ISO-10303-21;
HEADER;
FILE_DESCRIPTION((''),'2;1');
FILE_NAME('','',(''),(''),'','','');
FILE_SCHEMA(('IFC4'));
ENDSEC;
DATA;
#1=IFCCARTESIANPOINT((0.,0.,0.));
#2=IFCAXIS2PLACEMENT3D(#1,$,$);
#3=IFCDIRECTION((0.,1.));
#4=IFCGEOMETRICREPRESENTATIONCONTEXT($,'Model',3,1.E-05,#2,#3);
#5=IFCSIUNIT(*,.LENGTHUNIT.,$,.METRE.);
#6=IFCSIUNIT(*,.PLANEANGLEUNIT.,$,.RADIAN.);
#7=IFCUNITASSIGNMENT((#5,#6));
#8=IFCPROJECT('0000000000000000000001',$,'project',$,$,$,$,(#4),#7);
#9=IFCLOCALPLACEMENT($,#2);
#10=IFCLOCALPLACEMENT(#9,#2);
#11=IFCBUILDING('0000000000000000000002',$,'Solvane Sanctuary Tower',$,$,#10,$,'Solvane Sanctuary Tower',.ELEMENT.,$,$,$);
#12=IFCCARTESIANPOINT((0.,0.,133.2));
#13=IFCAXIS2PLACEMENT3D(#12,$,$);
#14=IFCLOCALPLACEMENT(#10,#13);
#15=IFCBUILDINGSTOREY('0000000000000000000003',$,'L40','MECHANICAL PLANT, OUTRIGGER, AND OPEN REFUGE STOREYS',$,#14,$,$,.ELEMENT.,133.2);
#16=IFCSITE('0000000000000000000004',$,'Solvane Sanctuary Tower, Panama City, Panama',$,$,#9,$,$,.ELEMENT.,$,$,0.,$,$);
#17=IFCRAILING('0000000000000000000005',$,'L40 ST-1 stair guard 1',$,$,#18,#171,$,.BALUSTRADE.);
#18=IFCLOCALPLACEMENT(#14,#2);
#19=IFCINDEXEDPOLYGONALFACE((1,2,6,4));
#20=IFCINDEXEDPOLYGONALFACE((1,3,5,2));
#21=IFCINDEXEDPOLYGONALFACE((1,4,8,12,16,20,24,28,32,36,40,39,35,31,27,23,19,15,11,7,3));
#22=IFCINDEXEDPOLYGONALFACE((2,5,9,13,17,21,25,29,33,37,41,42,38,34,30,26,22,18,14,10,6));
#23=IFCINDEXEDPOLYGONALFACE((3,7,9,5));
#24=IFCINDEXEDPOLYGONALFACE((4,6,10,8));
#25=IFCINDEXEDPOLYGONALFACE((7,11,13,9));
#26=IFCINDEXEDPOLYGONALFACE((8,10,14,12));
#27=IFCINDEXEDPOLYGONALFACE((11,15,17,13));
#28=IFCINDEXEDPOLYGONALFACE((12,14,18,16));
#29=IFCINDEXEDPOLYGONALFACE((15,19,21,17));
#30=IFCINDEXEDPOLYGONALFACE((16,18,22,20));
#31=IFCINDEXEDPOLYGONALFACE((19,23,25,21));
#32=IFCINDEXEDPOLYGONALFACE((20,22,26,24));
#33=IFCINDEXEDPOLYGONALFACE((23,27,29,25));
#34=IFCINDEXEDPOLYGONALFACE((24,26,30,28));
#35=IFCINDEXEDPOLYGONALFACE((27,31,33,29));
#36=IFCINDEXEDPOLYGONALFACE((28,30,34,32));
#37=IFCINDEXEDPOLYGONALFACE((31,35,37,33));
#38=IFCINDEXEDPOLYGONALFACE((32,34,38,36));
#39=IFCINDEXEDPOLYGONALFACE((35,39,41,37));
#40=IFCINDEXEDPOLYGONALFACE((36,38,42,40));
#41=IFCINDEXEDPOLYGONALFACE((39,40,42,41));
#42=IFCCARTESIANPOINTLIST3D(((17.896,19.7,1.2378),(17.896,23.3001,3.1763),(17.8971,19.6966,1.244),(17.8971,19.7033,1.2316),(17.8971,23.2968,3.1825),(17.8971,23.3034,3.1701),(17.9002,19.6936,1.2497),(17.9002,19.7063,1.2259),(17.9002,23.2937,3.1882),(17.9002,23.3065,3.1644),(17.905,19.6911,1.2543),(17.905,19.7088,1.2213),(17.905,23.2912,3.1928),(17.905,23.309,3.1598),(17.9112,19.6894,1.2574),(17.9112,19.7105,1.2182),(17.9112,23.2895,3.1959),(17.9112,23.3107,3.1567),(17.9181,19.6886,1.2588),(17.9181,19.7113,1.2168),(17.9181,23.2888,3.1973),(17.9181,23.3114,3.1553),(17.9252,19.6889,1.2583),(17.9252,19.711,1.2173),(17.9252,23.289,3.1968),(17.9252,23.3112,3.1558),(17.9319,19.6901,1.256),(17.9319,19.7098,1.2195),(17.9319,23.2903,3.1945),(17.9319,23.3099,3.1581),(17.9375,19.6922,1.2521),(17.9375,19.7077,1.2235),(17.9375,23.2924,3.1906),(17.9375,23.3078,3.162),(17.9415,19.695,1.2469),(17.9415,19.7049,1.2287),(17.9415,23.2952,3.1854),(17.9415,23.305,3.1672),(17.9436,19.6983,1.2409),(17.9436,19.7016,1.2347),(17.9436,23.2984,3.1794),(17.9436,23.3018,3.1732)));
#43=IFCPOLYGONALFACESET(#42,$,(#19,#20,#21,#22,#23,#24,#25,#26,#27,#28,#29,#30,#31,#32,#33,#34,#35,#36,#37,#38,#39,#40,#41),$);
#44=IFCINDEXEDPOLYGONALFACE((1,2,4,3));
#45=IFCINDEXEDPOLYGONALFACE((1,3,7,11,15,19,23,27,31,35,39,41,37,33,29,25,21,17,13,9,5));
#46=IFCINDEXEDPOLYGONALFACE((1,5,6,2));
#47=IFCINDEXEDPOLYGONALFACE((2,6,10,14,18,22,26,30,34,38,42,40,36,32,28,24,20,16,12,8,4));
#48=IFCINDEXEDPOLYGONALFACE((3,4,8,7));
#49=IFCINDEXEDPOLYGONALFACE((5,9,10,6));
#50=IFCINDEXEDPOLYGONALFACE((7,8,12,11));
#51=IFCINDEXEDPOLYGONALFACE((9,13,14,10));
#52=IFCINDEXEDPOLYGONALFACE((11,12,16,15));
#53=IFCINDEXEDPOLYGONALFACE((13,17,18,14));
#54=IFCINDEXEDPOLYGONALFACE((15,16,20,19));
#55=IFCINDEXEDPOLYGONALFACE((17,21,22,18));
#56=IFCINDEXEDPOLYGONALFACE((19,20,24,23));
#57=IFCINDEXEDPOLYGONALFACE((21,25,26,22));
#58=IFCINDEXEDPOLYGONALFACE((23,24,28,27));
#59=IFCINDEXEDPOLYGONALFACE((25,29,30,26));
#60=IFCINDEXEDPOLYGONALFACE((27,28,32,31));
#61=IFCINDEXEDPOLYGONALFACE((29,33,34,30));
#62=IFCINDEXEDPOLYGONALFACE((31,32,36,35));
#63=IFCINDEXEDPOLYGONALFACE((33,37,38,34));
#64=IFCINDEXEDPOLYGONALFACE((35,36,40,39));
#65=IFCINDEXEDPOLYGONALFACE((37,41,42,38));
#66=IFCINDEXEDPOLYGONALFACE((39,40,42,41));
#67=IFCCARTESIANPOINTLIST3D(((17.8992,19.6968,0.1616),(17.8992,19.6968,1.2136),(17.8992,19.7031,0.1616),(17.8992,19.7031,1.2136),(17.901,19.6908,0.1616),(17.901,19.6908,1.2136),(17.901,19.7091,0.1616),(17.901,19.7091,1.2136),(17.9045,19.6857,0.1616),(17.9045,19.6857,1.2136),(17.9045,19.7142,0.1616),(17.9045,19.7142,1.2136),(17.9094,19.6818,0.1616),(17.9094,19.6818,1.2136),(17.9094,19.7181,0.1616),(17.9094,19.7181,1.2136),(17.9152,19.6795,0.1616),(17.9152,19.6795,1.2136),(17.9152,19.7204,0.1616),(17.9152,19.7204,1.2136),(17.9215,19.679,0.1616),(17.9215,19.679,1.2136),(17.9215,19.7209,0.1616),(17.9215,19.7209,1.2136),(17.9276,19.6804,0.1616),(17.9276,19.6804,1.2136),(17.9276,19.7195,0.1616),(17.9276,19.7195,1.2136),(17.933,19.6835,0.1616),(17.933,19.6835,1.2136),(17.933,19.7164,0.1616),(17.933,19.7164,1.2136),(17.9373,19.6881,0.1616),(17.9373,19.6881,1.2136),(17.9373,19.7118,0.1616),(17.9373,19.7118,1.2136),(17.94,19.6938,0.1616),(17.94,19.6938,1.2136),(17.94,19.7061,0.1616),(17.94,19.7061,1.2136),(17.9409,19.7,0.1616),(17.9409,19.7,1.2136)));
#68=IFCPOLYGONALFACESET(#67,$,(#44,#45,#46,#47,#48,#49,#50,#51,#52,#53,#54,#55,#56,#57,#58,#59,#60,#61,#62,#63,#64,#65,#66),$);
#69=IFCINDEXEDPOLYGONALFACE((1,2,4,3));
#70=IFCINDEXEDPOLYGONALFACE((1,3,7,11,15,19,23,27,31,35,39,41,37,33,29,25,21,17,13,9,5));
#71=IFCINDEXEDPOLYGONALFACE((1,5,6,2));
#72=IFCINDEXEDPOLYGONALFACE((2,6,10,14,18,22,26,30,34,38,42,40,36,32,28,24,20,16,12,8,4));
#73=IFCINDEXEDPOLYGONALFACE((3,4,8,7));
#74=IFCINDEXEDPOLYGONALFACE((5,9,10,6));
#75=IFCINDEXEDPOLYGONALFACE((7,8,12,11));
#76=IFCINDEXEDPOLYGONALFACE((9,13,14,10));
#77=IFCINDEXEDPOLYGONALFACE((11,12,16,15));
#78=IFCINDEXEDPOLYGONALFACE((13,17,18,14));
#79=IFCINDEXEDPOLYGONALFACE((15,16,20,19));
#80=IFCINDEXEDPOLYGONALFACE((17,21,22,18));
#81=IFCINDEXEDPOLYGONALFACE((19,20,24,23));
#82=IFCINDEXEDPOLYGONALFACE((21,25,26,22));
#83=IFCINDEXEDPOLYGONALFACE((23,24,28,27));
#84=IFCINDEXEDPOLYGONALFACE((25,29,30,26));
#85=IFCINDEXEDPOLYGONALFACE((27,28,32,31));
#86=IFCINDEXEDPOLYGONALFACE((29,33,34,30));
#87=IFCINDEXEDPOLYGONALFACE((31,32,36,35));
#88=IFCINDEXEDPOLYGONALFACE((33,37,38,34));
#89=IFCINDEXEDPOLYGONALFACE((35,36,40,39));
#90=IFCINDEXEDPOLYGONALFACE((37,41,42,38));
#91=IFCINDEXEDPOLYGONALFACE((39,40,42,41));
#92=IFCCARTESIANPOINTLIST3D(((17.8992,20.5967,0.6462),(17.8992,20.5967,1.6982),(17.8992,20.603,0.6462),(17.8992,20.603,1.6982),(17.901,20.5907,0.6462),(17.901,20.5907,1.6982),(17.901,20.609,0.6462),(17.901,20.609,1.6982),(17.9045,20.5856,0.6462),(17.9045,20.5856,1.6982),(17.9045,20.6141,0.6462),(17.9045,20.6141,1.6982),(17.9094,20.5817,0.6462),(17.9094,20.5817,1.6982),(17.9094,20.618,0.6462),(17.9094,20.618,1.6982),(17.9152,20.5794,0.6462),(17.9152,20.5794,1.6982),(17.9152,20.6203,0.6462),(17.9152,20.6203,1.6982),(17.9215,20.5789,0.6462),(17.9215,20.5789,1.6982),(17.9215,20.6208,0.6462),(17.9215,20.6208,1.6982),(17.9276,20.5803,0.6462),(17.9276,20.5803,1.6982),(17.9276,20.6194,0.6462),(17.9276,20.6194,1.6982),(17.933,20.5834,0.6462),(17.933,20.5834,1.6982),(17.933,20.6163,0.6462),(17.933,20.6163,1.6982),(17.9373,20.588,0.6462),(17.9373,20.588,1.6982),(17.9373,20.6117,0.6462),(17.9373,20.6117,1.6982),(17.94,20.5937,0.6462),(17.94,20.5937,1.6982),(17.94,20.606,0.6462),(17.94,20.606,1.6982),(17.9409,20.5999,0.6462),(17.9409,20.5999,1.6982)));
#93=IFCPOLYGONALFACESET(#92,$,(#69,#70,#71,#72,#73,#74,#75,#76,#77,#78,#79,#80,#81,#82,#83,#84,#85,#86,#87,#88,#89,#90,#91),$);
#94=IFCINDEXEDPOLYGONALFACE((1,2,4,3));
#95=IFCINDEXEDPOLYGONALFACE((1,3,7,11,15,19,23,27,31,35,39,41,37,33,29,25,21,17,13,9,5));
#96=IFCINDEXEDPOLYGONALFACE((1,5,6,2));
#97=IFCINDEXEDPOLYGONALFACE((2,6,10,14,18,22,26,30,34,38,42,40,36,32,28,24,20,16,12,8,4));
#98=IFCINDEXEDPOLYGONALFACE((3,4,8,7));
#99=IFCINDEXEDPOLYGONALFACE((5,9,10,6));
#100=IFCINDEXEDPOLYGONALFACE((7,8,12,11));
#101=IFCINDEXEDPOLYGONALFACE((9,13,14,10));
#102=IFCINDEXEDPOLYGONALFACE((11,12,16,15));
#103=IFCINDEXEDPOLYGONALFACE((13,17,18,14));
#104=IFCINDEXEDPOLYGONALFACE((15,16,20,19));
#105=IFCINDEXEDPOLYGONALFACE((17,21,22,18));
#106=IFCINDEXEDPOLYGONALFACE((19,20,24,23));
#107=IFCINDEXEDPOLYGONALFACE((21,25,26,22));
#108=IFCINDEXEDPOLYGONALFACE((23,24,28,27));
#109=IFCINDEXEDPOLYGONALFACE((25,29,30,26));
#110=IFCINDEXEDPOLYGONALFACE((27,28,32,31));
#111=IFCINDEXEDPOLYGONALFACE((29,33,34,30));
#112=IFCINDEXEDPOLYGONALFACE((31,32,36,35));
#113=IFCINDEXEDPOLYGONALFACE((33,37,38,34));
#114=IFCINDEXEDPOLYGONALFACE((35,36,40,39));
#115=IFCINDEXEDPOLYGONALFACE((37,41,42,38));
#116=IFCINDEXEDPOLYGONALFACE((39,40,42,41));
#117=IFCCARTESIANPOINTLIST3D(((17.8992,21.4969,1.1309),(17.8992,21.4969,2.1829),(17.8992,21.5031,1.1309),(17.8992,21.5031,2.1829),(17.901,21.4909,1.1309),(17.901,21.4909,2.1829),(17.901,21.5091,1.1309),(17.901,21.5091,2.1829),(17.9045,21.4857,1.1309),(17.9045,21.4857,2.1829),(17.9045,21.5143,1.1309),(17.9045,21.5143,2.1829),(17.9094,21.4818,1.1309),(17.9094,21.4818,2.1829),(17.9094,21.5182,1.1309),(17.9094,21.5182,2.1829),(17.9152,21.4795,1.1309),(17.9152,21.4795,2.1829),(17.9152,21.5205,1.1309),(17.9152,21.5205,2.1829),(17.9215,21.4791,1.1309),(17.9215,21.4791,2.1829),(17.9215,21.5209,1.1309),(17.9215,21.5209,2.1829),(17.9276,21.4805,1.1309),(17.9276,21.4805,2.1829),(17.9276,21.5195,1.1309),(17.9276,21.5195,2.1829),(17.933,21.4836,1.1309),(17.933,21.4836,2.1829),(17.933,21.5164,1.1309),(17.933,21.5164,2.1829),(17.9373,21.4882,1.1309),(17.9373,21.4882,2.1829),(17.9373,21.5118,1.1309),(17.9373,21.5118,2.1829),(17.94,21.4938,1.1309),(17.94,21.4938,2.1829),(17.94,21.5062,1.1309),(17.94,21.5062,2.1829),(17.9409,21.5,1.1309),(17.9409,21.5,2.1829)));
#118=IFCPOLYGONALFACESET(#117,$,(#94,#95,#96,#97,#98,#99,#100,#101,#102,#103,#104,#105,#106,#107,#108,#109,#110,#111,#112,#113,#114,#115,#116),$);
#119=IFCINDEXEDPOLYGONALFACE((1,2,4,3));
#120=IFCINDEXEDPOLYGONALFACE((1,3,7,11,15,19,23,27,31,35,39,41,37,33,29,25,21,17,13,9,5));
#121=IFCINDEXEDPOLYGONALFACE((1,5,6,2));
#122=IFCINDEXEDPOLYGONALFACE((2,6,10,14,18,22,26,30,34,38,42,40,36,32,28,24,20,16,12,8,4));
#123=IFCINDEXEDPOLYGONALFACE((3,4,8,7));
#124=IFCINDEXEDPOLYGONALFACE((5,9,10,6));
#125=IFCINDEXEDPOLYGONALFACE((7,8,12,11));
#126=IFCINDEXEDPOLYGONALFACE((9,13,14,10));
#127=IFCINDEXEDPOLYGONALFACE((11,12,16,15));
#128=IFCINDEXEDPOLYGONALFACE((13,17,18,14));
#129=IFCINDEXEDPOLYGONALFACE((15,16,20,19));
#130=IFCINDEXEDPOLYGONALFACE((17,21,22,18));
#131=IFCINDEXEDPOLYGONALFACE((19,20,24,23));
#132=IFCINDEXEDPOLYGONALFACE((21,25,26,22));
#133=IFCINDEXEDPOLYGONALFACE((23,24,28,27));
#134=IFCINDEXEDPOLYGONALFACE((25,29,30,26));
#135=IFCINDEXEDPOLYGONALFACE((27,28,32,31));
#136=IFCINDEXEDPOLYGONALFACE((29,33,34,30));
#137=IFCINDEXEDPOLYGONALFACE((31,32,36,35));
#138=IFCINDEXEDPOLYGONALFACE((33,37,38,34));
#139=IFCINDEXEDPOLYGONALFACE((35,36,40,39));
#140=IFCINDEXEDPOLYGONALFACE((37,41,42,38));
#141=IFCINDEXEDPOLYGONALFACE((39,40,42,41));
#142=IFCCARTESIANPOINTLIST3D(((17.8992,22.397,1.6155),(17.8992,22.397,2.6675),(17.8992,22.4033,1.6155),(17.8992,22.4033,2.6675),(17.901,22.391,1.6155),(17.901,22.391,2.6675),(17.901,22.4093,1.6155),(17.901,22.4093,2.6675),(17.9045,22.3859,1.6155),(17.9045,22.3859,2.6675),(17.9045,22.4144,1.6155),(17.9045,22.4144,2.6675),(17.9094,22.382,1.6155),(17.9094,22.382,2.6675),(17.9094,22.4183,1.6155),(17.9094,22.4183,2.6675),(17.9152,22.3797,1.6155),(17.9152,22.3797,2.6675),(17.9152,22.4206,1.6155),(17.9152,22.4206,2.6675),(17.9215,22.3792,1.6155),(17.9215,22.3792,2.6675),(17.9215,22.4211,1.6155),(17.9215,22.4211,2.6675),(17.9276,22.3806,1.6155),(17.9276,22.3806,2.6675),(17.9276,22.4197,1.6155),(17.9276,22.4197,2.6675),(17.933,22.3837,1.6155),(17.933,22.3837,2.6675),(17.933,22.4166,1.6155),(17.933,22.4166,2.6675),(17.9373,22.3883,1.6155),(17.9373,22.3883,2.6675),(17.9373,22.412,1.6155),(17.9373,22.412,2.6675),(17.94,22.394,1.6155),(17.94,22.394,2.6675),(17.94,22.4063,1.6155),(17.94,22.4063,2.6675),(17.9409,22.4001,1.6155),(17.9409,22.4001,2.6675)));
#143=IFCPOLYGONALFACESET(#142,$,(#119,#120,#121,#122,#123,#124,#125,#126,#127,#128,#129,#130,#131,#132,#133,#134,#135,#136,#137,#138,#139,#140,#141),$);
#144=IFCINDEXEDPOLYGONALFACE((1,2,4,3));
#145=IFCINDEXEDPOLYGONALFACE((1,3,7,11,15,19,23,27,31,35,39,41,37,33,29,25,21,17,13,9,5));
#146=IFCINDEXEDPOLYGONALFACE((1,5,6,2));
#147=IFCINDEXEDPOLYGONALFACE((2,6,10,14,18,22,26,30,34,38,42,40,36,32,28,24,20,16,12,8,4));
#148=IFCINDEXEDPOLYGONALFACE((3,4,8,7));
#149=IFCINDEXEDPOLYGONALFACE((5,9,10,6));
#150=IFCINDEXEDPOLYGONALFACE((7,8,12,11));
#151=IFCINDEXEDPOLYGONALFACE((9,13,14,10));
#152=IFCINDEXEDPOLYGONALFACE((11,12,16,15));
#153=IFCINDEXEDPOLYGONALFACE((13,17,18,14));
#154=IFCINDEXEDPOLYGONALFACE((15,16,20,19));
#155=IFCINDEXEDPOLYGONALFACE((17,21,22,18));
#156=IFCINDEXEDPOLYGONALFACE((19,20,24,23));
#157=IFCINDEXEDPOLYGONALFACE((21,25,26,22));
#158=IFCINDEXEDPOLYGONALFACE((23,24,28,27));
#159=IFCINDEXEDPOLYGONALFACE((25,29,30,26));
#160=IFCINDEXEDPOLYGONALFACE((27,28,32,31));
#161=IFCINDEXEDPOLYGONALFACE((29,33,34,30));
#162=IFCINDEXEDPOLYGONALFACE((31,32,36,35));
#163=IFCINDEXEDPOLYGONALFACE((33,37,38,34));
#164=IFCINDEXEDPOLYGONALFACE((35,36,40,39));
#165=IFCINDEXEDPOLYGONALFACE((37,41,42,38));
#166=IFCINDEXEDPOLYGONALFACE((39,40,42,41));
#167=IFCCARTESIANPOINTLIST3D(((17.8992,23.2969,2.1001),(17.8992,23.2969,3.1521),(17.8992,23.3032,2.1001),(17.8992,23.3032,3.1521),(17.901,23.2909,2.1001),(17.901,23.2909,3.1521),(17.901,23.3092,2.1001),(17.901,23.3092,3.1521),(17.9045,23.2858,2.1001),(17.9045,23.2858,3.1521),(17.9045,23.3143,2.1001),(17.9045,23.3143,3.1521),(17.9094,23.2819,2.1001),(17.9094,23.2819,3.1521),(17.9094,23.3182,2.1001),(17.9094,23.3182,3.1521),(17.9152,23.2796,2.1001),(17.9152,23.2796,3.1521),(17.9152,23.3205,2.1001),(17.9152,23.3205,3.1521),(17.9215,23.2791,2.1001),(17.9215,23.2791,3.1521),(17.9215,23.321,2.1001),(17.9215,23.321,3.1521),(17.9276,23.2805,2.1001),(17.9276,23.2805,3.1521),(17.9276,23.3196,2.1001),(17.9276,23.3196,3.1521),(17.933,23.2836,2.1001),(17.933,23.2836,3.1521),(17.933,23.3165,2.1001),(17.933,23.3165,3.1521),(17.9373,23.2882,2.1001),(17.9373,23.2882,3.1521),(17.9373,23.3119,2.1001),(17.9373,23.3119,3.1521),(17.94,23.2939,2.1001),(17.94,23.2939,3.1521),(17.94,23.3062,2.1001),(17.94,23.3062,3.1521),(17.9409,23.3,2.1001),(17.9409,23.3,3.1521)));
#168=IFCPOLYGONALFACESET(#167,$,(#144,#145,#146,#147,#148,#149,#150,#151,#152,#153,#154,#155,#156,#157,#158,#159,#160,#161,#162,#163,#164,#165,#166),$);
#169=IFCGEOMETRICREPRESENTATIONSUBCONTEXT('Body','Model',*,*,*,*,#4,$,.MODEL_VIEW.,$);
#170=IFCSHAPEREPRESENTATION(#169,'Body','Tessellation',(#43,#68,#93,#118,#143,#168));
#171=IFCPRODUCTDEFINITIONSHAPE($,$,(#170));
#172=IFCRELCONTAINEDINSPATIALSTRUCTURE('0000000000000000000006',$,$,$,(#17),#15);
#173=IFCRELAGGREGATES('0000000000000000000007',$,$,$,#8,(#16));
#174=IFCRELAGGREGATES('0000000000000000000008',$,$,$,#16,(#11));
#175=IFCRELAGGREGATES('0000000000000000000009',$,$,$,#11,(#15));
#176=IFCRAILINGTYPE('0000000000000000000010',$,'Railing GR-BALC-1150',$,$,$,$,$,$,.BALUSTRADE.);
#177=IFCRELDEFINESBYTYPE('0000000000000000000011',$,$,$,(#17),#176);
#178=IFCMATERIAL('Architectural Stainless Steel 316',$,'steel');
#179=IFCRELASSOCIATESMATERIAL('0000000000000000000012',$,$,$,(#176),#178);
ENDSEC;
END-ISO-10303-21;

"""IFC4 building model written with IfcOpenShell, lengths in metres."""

from ifc_helpers import new_model, si_unit, direction, frame, origin, origin_2d, place, context, subcontext, project, spatial, circle, extrude, material, type_object, element, save


model = new_model("IFC4")

# Units and contexts
model_context = context("Model", 3, precision=1e-05, world=origin(), true_north=direction((0.0, 1.0)))
body_context = subcontext(model_context, "Body", "Model", "MODEL_VIEW")
ifc_project = project(units=[si_unit("LENGTHUNIT", "METRE"), si_unit("PLANEANGLEUNIT", "RADIAN")], contexts=[model_context])

# Site, building, storey
site_placement = place(None, origin())
site = spatial("IfcSite", under=ifc_project, at=site_placement, Name="Solvane Sanctuary Tower, Panama City, Panama", CompositionType="ELEMENT", RefElevation=0.0)
building_placement = place(site_placement, origin())
building = spatial("IfcBuilding", under=site, at=building_placement, Name="Solvane Sanctuary Tower", LongName="Solvane Sanctuary Tower", CompositionType="ELEMENT")
storey_placement = place(building_placement, frame((0.0, 0.0, 133.2)))
storey = spatial("IfcBuildingStorey", under=building, at=storey_placement, Name="L40", Description="MECHANICAL PLANT, OUTRIGGER, AND OPEN REFUGE STOREYS", CompositionType="ELEMENT", Elevation=133.2)

# Shared definitions
ifc_material_1 = material(Name="Architectural Stainless Steel 316", Category="steel")

# Railing
railing_type_1 = type_object("IfcRailingType", Name="Railing GR-BALC-1150", PredefinedType="BALUSTRADE", material=ifc_material_1)
railing_1_placement = place(storey_placement, frame((17.9199, 19.7, 0.1616)))
element("IfcRailing", 1, at=railing_1_placement, inside=storey, type_object=railing_type_1, Name="L40 ST-1 stair guard 1", PredefinedType="BALUSTRADE", context=body_context, shape_type="SweptSolid", body=[
    extrude(circle(Radius=0.0239, at=origin_2d()), frame((0.0, 0.0, 1.0762), z_axis=(0.0, 0.880475, 0.474093), x_axis=(-1.0, 0.0, 0.0)), (0.0, 0.0, 1.0), 4.0889),
    extrude(circle(Radius=0.021, at=origin_2d()), origin(), (0.0, 0.0, 1.0), 1.052),
    extrude(circle(Radius=0.021, at=origin_2d()), frame((0.0, 0.8999, 0.4846)), (0.0, 0.0, 1.0), 1.052),
    extrude(circle(Radius=0.021, at=origin_2d()), frame((0.0, 1.8, 0.9692)), (0.0, 0.0, 1.0), 1.052),
    extrude(circle(Radius=0.021, at=origin_2d()), frame((0.0, 2.7002, 1.4539)), (0.0, 0.0, 1.0), 1.052),
    extrude(circle(Radius=0.021, at=origin_2d()), frame((0.0, 3.6001, 1.9385)), (0.0, 0.0, 1.0), 1.052),
])

save(model, "model.ifc")
